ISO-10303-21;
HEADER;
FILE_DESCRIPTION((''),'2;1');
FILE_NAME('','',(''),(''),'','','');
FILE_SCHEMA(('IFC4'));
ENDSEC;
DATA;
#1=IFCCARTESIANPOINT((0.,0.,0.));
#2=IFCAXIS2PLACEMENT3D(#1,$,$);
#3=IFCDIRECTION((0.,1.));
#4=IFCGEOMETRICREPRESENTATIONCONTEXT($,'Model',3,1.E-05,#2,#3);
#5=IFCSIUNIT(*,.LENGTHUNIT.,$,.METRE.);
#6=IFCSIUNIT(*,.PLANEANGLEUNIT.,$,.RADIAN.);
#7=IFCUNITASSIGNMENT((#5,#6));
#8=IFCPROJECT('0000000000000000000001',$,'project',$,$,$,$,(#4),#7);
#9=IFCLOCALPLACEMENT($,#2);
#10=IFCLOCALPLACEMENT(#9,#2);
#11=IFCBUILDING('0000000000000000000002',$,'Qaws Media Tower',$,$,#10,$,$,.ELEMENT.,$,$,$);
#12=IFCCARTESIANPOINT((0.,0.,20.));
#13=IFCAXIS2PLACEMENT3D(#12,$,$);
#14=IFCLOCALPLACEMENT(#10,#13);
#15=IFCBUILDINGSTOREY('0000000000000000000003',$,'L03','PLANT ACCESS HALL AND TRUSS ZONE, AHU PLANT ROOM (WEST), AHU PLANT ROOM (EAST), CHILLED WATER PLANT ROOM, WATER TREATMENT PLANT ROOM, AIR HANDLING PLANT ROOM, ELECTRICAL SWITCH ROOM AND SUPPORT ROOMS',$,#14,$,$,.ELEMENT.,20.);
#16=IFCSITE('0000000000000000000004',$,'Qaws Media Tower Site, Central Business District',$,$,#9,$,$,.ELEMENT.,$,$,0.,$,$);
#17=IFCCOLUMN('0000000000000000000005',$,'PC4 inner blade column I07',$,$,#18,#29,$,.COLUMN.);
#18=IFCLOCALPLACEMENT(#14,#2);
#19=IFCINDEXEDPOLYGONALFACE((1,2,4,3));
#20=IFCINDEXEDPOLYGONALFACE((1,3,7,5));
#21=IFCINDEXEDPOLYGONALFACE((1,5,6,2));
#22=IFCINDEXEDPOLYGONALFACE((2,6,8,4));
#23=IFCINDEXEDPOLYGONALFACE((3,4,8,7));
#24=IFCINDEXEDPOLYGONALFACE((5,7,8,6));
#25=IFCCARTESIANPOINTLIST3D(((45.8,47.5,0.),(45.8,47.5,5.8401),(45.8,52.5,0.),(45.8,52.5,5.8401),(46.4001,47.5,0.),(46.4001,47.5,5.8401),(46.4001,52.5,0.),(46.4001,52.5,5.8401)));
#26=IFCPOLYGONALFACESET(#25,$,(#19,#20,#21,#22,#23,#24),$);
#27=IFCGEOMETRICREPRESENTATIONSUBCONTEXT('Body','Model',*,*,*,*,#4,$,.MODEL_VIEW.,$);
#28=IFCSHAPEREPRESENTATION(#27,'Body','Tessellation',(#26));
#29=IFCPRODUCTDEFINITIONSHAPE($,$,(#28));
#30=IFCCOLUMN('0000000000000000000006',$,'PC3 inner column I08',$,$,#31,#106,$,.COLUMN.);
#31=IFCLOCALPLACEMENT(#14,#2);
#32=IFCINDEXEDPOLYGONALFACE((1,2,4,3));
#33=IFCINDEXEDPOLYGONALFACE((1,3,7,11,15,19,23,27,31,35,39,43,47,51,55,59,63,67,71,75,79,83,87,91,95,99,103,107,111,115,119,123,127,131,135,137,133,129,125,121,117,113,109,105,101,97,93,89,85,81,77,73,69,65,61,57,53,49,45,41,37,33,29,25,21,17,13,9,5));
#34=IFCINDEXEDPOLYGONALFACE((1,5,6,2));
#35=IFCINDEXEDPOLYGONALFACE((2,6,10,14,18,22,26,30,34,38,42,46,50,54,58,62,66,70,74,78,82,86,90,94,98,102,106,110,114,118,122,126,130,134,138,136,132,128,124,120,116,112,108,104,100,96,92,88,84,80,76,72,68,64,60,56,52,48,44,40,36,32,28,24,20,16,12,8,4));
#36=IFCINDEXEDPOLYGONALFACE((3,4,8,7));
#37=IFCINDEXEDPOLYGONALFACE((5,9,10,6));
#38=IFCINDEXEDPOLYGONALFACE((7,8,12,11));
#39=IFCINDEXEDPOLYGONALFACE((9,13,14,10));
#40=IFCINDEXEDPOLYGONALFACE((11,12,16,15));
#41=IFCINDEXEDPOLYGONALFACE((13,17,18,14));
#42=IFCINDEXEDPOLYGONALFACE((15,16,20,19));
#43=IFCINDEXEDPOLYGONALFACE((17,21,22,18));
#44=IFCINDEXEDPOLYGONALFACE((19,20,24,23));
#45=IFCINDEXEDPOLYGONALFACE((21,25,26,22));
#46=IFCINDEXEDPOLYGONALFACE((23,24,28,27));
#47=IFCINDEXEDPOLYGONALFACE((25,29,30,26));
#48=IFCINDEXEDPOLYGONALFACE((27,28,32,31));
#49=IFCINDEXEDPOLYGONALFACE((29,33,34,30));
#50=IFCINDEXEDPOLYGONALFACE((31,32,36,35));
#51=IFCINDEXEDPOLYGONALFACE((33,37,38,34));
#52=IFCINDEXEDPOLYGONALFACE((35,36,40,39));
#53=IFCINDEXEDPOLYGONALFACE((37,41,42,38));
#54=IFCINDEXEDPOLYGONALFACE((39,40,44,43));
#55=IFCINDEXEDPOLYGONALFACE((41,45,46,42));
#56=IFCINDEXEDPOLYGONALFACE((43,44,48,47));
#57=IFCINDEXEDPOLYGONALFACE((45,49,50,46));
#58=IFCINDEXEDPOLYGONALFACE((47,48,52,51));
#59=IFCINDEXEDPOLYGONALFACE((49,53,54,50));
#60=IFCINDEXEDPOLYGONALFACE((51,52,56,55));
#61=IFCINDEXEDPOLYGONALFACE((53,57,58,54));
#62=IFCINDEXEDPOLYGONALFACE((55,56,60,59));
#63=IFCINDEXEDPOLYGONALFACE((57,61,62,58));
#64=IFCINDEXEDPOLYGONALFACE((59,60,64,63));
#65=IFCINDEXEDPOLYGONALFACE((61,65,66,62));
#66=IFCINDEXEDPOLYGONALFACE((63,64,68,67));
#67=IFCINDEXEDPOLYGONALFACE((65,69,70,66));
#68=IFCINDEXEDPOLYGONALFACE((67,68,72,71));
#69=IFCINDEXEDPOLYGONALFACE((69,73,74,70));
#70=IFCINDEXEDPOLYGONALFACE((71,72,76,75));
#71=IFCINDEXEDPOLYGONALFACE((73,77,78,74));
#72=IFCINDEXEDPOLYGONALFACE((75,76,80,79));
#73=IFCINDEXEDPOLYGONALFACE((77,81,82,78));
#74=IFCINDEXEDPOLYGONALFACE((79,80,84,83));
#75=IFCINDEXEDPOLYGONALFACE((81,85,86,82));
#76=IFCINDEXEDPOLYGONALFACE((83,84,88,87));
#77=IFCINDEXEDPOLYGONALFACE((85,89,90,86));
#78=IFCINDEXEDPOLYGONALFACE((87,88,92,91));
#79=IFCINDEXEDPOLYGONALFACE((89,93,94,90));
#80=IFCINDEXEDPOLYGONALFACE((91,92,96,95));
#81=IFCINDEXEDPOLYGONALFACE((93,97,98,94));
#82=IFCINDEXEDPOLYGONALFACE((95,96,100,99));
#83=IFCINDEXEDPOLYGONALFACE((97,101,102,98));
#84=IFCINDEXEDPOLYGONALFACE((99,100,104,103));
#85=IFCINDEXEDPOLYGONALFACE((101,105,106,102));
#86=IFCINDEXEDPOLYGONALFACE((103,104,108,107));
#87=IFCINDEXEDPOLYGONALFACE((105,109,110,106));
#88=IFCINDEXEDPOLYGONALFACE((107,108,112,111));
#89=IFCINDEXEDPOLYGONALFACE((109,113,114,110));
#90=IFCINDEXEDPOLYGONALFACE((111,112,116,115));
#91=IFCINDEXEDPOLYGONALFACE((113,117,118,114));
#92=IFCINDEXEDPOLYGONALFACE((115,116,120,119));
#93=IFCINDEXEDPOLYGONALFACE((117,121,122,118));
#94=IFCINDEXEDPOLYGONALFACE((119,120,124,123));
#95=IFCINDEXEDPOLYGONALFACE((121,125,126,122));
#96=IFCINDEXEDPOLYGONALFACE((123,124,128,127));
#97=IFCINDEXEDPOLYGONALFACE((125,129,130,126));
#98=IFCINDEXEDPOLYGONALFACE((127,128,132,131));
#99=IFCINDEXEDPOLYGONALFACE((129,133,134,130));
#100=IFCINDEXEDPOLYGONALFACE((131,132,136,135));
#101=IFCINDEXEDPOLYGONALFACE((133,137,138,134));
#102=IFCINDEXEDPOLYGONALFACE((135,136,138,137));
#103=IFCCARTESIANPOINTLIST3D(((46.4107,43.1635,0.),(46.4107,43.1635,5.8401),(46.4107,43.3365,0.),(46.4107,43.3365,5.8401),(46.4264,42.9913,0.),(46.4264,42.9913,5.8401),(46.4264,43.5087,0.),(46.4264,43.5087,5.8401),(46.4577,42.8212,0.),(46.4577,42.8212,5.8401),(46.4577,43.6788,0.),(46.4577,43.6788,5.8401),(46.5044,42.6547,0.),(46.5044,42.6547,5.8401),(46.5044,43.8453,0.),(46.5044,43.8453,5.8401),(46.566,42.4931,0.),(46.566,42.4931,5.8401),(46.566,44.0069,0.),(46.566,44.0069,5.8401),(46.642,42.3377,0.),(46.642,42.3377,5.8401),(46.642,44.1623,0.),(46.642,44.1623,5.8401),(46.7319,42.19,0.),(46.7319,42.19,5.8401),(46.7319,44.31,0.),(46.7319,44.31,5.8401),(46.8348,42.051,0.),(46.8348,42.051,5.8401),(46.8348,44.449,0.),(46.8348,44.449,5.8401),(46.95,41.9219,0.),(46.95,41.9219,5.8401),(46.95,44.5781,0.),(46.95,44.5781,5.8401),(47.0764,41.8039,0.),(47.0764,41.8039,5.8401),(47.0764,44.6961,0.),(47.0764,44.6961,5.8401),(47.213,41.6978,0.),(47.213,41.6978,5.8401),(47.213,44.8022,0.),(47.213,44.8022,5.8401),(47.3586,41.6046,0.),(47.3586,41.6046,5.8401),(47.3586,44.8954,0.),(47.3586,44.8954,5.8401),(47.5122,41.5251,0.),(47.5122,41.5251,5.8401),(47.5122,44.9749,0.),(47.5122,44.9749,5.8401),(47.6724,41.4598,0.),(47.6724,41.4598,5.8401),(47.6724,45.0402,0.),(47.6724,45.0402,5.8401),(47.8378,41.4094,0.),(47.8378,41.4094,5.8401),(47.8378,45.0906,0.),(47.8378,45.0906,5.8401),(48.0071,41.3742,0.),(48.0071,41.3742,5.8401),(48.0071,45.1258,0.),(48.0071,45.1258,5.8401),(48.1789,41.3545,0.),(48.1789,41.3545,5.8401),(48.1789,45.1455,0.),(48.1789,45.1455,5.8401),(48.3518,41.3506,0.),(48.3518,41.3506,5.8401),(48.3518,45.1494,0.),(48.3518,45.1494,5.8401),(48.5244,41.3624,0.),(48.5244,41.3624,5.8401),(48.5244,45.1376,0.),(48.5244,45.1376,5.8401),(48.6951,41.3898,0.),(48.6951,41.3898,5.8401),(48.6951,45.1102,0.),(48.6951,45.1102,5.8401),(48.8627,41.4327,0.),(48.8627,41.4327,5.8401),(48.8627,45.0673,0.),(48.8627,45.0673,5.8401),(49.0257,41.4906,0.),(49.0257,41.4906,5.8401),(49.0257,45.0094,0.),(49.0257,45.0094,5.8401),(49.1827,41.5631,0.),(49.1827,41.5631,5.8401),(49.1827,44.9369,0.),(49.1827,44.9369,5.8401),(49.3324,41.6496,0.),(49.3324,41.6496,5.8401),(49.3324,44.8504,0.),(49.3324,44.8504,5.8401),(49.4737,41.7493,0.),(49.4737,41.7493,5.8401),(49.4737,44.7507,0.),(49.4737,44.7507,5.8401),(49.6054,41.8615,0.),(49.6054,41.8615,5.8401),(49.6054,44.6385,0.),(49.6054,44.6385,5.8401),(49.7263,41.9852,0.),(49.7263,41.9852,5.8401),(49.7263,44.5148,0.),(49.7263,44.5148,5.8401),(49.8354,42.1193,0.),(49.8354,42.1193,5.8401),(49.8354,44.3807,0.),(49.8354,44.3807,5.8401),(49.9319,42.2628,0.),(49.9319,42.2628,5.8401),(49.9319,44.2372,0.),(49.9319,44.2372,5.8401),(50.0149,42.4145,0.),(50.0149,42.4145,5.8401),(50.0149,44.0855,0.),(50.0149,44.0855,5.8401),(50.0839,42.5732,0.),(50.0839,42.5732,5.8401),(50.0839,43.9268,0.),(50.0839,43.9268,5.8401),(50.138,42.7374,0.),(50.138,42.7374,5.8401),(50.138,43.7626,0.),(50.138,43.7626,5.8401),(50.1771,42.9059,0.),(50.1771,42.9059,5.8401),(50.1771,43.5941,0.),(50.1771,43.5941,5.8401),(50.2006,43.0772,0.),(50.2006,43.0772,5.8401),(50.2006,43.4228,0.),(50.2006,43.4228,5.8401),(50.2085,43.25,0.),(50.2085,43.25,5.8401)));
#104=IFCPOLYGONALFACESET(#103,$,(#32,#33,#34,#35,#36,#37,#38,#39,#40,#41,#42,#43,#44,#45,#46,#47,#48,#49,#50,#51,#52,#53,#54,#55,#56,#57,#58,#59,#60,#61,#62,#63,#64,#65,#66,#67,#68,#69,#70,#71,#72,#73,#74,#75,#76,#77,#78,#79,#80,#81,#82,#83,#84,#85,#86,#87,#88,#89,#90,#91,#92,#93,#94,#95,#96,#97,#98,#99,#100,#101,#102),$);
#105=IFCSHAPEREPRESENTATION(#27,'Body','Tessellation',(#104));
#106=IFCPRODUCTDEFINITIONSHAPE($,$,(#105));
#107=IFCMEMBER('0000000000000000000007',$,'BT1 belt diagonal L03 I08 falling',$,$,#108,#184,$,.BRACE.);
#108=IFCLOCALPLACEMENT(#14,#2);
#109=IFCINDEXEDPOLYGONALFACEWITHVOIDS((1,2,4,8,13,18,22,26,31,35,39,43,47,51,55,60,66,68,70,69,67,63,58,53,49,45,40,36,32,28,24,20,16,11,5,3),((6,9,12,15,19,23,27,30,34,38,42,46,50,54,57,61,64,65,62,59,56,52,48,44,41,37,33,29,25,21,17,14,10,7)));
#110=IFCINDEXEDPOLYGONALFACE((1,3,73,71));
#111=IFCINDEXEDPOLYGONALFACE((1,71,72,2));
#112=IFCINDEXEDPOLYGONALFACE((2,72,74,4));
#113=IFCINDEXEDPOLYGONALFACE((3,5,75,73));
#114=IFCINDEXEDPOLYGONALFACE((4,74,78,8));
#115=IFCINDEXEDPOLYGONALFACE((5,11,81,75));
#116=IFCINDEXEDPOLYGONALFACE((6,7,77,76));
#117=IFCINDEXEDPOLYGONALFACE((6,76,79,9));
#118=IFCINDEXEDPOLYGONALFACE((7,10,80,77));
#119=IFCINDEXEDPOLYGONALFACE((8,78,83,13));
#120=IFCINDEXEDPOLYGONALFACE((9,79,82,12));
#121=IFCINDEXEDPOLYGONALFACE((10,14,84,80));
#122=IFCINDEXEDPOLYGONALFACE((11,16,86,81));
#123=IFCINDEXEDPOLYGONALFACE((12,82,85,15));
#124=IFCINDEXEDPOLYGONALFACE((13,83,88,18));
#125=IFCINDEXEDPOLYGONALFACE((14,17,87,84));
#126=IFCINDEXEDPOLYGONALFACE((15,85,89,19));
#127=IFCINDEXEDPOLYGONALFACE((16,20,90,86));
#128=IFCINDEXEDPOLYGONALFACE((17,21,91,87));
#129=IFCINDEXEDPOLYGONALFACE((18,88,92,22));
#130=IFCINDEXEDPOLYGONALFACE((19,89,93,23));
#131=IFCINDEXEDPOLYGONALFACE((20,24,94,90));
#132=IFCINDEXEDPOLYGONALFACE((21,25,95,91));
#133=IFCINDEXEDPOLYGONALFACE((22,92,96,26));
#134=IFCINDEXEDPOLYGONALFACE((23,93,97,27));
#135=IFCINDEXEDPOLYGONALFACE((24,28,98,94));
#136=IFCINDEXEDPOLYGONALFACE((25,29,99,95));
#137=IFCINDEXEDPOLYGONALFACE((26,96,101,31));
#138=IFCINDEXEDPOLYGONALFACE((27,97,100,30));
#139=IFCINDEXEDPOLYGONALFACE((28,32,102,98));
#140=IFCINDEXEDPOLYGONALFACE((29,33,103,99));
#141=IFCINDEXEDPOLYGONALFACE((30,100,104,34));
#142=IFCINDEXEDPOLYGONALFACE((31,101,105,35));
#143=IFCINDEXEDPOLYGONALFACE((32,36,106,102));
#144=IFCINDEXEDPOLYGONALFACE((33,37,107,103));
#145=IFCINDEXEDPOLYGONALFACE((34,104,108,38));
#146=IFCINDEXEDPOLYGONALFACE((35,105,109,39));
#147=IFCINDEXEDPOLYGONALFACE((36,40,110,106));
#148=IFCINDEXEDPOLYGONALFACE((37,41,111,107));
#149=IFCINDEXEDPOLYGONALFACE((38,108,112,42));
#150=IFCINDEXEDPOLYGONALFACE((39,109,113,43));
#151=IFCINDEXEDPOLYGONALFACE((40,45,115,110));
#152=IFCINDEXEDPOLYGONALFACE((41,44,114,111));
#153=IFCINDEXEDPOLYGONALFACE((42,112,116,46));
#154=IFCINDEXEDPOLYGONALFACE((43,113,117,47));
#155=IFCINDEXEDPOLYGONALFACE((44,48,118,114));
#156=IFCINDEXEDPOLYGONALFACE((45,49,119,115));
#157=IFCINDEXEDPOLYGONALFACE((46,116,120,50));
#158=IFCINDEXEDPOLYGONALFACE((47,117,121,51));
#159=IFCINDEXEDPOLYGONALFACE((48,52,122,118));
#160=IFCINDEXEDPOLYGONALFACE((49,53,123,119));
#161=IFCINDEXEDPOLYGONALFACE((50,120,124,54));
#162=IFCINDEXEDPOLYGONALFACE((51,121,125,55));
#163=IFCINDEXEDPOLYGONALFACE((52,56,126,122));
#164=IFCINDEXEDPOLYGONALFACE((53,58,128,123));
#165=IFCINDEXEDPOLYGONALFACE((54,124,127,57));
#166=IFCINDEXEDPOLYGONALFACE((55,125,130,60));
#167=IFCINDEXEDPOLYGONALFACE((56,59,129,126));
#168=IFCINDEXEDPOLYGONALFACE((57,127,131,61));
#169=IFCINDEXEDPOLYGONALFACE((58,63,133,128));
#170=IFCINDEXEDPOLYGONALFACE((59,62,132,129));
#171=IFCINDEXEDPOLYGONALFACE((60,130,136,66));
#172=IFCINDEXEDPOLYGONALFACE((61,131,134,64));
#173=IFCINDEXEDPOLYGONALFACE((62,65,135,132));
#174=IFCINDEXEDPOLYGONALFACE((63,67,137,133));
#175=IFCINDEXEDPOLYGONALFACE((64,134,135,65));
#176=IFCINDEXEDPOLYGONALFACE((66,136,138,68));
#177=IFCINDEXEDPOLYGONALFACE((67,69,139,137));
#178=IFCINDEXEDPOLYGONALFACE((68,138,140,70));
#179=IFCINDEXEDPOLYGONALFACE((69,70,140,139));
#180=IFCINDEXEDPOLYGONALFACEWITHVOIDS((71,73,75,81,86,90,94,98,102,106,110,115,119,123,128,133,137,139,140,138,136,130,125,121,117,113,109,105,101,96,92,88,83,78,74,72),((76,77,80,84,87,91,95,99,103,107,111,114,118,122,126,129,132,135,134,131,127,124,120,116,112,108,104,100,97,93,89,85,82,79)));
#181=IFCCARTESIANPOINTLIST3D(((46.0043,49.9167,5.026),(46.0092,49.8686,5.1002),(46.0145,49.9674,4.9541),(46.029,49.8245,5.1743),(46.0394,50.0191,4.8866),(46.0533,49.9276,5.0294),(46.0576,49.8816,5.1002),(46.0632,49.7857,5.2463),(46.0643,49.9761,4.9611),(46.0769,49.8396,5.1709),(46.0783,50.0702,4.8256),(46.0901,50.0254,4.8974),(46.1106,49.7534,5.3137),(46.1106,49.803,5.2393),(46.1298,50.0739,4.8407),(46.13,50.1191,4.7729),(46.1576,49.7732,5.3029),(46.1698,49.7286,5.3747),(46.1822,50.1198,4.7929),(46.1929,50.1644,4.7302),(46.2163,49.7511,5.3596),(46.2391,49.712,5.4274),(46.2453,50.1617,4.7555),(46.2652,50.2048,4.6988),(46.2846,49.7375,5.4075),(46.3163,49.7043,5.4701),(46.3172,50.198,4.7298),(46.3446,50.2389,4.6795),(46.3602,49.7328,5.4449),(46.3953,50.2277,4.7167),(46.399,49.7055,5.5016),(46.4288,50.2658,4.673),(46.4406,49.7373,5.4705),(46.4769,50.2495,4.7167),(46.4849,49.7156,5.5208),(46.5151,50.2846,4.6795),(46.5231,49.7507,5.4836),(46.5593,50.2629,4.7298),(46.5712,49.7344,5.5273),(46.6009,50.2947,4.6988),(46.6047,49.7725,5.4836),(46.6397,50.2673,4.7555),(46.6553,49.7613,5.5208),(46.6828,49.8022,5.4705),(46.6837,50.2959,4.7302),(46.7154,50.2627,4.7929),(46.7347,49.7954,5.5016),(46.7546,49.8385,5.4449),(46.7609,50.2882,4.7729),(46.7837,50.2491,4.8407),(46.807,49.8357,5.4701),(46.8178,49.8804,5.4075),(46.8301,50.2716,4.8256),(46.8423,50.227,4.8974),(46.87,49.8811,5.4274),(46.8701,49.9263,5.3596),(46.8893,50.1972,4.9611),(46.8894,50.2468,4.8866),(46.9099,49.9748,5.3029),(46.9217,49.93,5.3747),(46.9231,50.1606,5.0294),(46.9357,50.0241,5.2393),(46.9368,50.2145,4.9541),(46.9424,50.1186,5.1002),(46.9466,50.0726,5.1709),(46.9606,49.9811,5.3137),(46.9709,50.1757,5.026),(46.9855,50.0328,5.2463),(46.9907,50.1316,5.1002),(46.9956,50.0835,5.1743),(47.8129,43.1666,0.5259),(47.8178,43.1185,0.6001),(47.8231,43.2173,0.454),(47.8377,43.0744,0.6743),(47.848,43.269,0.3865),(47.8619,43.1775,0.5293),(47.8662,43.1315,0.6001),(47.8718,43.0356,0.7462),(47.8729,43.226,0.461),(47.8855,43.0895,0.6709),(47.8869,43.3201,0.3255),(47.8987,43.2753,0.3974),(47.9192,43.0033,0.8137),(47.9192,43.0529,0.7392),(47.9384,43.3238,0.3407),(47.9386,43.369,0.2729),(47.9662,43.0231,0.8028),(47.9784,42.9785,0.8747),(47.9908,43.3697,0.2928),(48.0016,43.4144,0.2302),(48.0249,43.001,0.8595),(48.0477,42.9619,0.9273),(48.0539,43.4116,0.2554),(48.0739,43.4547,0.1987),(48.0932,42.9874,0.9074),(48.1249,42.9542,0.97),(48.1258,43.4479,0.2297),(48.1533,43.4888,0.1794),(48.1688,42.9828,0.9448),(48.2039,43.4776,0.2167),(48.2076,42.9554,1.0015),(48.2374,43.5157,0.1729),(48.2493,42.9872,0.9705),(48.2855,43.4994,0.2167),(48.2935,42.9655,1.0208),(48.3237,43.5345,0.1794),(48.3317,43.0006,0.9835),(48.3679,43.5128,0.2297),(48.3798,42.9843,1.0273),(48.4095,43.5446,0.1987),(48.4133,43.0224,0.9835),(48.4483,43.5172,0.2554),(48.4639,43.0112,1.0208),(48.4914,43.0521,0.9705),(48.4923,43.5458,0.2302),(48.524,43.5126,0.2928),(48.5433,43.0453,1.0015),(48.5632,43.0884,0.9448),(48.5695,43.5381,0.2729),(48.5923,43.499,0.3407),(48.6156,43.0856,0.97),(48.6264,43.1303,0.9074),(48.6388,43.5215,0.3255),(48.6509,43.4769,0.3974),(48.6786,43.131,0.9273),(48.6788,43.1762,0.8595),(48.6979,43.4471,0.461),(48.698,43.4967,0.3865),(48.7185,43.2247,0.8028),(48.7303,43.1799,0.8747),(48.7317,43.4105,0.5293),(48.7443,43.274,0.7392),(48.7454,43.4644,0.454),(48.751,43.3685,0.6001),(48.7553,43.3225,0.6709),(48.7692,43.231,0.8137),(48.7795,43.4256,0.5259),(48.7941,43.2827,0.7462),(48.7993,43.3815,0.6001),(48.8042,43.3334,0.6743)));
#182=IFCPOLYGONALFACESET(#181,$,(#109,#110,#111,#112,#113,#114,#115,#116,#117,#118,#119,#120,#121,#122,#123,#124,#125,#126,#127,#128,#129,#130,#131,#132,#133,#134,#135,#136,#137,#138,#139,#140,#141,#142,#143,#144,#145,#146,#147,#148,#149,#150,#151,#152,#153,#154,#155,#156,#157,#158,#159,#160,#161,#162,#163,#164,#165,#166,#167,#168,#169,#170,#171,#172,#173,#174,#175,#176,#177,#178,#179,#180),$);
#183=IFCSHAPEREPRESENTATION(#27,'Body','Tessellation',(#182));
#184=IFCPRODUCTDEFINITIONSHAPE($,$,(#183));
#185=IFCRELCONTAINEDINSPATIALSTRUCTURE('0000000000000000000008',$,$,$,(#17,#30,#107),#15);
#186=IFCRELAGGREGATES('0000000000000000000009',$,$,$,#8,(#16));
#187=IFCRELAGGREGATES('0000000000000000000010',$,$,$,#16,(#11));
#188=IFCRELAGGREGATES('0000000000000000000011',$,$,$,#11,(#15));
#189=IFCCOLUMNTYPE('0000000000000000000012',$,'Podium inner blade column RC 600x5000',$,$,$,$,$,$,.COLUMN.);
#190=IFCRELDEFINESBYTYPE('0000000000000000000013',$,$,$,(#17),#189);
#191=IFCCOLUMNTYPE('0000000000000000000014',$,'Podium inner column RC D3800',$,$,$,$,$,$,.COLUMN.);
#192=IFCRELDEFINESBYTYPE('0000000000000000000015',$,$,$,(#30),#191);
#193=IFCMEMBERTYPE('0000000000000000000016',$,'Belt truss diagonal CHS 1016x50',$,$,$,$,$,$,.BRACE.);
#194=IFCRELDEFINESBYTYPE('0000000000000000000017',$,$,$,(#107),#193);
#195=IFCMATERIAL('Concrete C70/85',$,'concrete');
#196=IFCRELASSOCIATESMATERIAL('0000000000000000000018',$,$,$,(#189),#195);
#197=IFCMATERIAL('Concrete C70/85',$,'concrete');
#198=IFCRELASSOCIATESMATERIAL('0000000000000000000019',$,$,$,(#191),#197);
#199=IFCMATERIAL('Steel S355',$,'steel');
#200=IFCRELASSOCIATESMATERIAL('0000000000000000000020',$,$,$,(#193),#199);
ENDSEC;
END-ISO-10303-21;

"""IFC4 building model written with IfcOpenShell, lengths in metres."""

from ifc_helpers import new_model, si_unit, direction, frame, origin, origin_2d, place, context, subcontext, project, spatial, rectangle, circle, hollow_circle, extrude, material, material_profile, profile_set, type_object, element, save


model = new_model("IFC4")

# Units and contexts
model_context = context("Model", 3, precision=1e-05, world=origin(), true_north=direction((0.0, 1.0)))
body_context = subcontext(model_context, "Body", "Model", "MODEL_VIEW")
ifc_project = project(units=[si_unit("LENGTHUNIT", "METRE"), si_unit("PLANEANGLEUNIT", "RADIAN")], contexts=[model_context])

# Site, building, storey
site_placement = place(None, origin())
site = spatial("IfcSite", under=ifc_project, at=site_placement, Name="Qaws Media Tower Site, Central Business District", CompositionType="ELEMENT", RefElevation=0.0)
building_placement = place(site_placement, origin())
building = spatial("IfcBuilding", under=site, at=building_placement, Name="Qaws Media Tower", CompositionType="ELEMENT")
storey_placement = place(building_placement, frame((0.0, 0.0, 20.0)))
storey = spatial("IfcBuildingStorey", under=building, at=storey_placement, Name="L03", Description="PLANT ACCESS HALL AND TRUSS ZONE, AHU PLANT ROOM (WEST), AHU PLANT ROOM (EAST), CHILLED WATER PLANT ROOM, WATER TREATMENT PLANT ROOM, AIR HANDLING PLANT ROOM, ELECTRICAL SWITCH ROOM AND SUPPORT ROOMS", CompositionType="ELEMENT", Elevation=20.0)

# Columns
ifc_material_1 = material(Name="Concrete C70/85", Category="concrete")
ifc_material_profile_1 = material_profile(ifc_material_1, rectangle(XDim=0.6001, YDim=5.0, at=origin_2d()), Name="RC 600x5000")
ifc_profile_set_1 = profile_set([ifc_material_profile_1], Name="Concrete C70/85")
column_type_1 = type_object("IfcColumnType", Name="Podium inner blade column RC 600x5000", PredefinedType="COLUMN", material=ifc_profile_set_1)
column_1_placement = place(storey_placement, frame((46.1001, 50.0, 0.0), z_axis=(0.0, 0.0, 1.0), x_axis=(1.0, 0.0, 0.0)))
element("IfcColumn", 1, at=column_1_placement, inside=storey, type_object=column_type_1, Name="PC4 inner blade column I07", PredefinedType="COLUMN", context=body_context, shape_type="SweptSolid", body=[
    extrude(rectangle(XDim=0.6001, YDim=5.0, at=origin_2d()), origin(), (0.0, 0.0, 1.0), 5.8401),
])
ifc_material_2 = material(Name="Concrete C70/85", Category="concrete")
ifc_material_profile_2 = material_profile(ifc_material_2, circle(Radius=1.8999, at=origin_2d()), Name="RC D3800")
ifc_profile_set_2 = profile_set([ifc_material_profile_2], Name="Concrete C70/85")
column_type_2 = type_object("IfcColumnType", Name="Podium inner column RC D3800", PredefinedType="COLUMN", material=ifc_profile_set_2)
column_2_placement = place(storey_placement, frame((48.3086, 43.25, 0.0), z_axis=(0.0, 0.0, 1.0), x_axis=(1.0, 0.0, 0.0)))
element("IfcColumn", 2, at=column_2_placement, inside=storey, type_object=column_type_2, Name="PC3 inner column I08", PredefinedType="COLUMN", context=body_context, shape_type="SweptSolid", body=[
    extrude(circle(Radius=1.8999, at=origin_2d()), origin(), (0.0, 0.0, 1.0), 5.8401),
])

# Member
ifc_material_3 = material(Name="Steel S355", Category="steel")
ifc_material_profile_3 = material_profile(ifc_material_3, hollow_circle(Radius=0.5081, WallThickness=0.05, at=origin_2d()), Name="CHS 1016x50")
ifc_profile_set_3 = profile_set([ifc_material_profile_3], Name="Steel S355")
member_type = type_object("IfcMemberType", Name="Belt truss diagonal CHS 1016x50", PredefinedType="BRACE", material=ifc_profile_set_3)
for number, where, z_axis, x_axis, name in (
    (3, (48.3086, 43.25, 0.6001), (-0.217597, 0.812113, 0.541409), (-0.965928, -0.258811, 0.0), "BT1 belt diagonal L03 I08 falling"),
):
    element("IfcMember", number, at=place(storey_placement, frame(where, z_axis=z_axis, x_axis=x_axis)), inside=storey, type_object=member_type, Name=name, PredefinedType="BRACE", context=body_context, shape_type="SweptSolid", body=[
        extrude(hollow_circle(Radius=0.5081, WallThickness=0.05, at=origin_2d()), origin(), (0.0, 0.0, 1.0), 8.3118),
    ])

save(model, "model.ifc")
